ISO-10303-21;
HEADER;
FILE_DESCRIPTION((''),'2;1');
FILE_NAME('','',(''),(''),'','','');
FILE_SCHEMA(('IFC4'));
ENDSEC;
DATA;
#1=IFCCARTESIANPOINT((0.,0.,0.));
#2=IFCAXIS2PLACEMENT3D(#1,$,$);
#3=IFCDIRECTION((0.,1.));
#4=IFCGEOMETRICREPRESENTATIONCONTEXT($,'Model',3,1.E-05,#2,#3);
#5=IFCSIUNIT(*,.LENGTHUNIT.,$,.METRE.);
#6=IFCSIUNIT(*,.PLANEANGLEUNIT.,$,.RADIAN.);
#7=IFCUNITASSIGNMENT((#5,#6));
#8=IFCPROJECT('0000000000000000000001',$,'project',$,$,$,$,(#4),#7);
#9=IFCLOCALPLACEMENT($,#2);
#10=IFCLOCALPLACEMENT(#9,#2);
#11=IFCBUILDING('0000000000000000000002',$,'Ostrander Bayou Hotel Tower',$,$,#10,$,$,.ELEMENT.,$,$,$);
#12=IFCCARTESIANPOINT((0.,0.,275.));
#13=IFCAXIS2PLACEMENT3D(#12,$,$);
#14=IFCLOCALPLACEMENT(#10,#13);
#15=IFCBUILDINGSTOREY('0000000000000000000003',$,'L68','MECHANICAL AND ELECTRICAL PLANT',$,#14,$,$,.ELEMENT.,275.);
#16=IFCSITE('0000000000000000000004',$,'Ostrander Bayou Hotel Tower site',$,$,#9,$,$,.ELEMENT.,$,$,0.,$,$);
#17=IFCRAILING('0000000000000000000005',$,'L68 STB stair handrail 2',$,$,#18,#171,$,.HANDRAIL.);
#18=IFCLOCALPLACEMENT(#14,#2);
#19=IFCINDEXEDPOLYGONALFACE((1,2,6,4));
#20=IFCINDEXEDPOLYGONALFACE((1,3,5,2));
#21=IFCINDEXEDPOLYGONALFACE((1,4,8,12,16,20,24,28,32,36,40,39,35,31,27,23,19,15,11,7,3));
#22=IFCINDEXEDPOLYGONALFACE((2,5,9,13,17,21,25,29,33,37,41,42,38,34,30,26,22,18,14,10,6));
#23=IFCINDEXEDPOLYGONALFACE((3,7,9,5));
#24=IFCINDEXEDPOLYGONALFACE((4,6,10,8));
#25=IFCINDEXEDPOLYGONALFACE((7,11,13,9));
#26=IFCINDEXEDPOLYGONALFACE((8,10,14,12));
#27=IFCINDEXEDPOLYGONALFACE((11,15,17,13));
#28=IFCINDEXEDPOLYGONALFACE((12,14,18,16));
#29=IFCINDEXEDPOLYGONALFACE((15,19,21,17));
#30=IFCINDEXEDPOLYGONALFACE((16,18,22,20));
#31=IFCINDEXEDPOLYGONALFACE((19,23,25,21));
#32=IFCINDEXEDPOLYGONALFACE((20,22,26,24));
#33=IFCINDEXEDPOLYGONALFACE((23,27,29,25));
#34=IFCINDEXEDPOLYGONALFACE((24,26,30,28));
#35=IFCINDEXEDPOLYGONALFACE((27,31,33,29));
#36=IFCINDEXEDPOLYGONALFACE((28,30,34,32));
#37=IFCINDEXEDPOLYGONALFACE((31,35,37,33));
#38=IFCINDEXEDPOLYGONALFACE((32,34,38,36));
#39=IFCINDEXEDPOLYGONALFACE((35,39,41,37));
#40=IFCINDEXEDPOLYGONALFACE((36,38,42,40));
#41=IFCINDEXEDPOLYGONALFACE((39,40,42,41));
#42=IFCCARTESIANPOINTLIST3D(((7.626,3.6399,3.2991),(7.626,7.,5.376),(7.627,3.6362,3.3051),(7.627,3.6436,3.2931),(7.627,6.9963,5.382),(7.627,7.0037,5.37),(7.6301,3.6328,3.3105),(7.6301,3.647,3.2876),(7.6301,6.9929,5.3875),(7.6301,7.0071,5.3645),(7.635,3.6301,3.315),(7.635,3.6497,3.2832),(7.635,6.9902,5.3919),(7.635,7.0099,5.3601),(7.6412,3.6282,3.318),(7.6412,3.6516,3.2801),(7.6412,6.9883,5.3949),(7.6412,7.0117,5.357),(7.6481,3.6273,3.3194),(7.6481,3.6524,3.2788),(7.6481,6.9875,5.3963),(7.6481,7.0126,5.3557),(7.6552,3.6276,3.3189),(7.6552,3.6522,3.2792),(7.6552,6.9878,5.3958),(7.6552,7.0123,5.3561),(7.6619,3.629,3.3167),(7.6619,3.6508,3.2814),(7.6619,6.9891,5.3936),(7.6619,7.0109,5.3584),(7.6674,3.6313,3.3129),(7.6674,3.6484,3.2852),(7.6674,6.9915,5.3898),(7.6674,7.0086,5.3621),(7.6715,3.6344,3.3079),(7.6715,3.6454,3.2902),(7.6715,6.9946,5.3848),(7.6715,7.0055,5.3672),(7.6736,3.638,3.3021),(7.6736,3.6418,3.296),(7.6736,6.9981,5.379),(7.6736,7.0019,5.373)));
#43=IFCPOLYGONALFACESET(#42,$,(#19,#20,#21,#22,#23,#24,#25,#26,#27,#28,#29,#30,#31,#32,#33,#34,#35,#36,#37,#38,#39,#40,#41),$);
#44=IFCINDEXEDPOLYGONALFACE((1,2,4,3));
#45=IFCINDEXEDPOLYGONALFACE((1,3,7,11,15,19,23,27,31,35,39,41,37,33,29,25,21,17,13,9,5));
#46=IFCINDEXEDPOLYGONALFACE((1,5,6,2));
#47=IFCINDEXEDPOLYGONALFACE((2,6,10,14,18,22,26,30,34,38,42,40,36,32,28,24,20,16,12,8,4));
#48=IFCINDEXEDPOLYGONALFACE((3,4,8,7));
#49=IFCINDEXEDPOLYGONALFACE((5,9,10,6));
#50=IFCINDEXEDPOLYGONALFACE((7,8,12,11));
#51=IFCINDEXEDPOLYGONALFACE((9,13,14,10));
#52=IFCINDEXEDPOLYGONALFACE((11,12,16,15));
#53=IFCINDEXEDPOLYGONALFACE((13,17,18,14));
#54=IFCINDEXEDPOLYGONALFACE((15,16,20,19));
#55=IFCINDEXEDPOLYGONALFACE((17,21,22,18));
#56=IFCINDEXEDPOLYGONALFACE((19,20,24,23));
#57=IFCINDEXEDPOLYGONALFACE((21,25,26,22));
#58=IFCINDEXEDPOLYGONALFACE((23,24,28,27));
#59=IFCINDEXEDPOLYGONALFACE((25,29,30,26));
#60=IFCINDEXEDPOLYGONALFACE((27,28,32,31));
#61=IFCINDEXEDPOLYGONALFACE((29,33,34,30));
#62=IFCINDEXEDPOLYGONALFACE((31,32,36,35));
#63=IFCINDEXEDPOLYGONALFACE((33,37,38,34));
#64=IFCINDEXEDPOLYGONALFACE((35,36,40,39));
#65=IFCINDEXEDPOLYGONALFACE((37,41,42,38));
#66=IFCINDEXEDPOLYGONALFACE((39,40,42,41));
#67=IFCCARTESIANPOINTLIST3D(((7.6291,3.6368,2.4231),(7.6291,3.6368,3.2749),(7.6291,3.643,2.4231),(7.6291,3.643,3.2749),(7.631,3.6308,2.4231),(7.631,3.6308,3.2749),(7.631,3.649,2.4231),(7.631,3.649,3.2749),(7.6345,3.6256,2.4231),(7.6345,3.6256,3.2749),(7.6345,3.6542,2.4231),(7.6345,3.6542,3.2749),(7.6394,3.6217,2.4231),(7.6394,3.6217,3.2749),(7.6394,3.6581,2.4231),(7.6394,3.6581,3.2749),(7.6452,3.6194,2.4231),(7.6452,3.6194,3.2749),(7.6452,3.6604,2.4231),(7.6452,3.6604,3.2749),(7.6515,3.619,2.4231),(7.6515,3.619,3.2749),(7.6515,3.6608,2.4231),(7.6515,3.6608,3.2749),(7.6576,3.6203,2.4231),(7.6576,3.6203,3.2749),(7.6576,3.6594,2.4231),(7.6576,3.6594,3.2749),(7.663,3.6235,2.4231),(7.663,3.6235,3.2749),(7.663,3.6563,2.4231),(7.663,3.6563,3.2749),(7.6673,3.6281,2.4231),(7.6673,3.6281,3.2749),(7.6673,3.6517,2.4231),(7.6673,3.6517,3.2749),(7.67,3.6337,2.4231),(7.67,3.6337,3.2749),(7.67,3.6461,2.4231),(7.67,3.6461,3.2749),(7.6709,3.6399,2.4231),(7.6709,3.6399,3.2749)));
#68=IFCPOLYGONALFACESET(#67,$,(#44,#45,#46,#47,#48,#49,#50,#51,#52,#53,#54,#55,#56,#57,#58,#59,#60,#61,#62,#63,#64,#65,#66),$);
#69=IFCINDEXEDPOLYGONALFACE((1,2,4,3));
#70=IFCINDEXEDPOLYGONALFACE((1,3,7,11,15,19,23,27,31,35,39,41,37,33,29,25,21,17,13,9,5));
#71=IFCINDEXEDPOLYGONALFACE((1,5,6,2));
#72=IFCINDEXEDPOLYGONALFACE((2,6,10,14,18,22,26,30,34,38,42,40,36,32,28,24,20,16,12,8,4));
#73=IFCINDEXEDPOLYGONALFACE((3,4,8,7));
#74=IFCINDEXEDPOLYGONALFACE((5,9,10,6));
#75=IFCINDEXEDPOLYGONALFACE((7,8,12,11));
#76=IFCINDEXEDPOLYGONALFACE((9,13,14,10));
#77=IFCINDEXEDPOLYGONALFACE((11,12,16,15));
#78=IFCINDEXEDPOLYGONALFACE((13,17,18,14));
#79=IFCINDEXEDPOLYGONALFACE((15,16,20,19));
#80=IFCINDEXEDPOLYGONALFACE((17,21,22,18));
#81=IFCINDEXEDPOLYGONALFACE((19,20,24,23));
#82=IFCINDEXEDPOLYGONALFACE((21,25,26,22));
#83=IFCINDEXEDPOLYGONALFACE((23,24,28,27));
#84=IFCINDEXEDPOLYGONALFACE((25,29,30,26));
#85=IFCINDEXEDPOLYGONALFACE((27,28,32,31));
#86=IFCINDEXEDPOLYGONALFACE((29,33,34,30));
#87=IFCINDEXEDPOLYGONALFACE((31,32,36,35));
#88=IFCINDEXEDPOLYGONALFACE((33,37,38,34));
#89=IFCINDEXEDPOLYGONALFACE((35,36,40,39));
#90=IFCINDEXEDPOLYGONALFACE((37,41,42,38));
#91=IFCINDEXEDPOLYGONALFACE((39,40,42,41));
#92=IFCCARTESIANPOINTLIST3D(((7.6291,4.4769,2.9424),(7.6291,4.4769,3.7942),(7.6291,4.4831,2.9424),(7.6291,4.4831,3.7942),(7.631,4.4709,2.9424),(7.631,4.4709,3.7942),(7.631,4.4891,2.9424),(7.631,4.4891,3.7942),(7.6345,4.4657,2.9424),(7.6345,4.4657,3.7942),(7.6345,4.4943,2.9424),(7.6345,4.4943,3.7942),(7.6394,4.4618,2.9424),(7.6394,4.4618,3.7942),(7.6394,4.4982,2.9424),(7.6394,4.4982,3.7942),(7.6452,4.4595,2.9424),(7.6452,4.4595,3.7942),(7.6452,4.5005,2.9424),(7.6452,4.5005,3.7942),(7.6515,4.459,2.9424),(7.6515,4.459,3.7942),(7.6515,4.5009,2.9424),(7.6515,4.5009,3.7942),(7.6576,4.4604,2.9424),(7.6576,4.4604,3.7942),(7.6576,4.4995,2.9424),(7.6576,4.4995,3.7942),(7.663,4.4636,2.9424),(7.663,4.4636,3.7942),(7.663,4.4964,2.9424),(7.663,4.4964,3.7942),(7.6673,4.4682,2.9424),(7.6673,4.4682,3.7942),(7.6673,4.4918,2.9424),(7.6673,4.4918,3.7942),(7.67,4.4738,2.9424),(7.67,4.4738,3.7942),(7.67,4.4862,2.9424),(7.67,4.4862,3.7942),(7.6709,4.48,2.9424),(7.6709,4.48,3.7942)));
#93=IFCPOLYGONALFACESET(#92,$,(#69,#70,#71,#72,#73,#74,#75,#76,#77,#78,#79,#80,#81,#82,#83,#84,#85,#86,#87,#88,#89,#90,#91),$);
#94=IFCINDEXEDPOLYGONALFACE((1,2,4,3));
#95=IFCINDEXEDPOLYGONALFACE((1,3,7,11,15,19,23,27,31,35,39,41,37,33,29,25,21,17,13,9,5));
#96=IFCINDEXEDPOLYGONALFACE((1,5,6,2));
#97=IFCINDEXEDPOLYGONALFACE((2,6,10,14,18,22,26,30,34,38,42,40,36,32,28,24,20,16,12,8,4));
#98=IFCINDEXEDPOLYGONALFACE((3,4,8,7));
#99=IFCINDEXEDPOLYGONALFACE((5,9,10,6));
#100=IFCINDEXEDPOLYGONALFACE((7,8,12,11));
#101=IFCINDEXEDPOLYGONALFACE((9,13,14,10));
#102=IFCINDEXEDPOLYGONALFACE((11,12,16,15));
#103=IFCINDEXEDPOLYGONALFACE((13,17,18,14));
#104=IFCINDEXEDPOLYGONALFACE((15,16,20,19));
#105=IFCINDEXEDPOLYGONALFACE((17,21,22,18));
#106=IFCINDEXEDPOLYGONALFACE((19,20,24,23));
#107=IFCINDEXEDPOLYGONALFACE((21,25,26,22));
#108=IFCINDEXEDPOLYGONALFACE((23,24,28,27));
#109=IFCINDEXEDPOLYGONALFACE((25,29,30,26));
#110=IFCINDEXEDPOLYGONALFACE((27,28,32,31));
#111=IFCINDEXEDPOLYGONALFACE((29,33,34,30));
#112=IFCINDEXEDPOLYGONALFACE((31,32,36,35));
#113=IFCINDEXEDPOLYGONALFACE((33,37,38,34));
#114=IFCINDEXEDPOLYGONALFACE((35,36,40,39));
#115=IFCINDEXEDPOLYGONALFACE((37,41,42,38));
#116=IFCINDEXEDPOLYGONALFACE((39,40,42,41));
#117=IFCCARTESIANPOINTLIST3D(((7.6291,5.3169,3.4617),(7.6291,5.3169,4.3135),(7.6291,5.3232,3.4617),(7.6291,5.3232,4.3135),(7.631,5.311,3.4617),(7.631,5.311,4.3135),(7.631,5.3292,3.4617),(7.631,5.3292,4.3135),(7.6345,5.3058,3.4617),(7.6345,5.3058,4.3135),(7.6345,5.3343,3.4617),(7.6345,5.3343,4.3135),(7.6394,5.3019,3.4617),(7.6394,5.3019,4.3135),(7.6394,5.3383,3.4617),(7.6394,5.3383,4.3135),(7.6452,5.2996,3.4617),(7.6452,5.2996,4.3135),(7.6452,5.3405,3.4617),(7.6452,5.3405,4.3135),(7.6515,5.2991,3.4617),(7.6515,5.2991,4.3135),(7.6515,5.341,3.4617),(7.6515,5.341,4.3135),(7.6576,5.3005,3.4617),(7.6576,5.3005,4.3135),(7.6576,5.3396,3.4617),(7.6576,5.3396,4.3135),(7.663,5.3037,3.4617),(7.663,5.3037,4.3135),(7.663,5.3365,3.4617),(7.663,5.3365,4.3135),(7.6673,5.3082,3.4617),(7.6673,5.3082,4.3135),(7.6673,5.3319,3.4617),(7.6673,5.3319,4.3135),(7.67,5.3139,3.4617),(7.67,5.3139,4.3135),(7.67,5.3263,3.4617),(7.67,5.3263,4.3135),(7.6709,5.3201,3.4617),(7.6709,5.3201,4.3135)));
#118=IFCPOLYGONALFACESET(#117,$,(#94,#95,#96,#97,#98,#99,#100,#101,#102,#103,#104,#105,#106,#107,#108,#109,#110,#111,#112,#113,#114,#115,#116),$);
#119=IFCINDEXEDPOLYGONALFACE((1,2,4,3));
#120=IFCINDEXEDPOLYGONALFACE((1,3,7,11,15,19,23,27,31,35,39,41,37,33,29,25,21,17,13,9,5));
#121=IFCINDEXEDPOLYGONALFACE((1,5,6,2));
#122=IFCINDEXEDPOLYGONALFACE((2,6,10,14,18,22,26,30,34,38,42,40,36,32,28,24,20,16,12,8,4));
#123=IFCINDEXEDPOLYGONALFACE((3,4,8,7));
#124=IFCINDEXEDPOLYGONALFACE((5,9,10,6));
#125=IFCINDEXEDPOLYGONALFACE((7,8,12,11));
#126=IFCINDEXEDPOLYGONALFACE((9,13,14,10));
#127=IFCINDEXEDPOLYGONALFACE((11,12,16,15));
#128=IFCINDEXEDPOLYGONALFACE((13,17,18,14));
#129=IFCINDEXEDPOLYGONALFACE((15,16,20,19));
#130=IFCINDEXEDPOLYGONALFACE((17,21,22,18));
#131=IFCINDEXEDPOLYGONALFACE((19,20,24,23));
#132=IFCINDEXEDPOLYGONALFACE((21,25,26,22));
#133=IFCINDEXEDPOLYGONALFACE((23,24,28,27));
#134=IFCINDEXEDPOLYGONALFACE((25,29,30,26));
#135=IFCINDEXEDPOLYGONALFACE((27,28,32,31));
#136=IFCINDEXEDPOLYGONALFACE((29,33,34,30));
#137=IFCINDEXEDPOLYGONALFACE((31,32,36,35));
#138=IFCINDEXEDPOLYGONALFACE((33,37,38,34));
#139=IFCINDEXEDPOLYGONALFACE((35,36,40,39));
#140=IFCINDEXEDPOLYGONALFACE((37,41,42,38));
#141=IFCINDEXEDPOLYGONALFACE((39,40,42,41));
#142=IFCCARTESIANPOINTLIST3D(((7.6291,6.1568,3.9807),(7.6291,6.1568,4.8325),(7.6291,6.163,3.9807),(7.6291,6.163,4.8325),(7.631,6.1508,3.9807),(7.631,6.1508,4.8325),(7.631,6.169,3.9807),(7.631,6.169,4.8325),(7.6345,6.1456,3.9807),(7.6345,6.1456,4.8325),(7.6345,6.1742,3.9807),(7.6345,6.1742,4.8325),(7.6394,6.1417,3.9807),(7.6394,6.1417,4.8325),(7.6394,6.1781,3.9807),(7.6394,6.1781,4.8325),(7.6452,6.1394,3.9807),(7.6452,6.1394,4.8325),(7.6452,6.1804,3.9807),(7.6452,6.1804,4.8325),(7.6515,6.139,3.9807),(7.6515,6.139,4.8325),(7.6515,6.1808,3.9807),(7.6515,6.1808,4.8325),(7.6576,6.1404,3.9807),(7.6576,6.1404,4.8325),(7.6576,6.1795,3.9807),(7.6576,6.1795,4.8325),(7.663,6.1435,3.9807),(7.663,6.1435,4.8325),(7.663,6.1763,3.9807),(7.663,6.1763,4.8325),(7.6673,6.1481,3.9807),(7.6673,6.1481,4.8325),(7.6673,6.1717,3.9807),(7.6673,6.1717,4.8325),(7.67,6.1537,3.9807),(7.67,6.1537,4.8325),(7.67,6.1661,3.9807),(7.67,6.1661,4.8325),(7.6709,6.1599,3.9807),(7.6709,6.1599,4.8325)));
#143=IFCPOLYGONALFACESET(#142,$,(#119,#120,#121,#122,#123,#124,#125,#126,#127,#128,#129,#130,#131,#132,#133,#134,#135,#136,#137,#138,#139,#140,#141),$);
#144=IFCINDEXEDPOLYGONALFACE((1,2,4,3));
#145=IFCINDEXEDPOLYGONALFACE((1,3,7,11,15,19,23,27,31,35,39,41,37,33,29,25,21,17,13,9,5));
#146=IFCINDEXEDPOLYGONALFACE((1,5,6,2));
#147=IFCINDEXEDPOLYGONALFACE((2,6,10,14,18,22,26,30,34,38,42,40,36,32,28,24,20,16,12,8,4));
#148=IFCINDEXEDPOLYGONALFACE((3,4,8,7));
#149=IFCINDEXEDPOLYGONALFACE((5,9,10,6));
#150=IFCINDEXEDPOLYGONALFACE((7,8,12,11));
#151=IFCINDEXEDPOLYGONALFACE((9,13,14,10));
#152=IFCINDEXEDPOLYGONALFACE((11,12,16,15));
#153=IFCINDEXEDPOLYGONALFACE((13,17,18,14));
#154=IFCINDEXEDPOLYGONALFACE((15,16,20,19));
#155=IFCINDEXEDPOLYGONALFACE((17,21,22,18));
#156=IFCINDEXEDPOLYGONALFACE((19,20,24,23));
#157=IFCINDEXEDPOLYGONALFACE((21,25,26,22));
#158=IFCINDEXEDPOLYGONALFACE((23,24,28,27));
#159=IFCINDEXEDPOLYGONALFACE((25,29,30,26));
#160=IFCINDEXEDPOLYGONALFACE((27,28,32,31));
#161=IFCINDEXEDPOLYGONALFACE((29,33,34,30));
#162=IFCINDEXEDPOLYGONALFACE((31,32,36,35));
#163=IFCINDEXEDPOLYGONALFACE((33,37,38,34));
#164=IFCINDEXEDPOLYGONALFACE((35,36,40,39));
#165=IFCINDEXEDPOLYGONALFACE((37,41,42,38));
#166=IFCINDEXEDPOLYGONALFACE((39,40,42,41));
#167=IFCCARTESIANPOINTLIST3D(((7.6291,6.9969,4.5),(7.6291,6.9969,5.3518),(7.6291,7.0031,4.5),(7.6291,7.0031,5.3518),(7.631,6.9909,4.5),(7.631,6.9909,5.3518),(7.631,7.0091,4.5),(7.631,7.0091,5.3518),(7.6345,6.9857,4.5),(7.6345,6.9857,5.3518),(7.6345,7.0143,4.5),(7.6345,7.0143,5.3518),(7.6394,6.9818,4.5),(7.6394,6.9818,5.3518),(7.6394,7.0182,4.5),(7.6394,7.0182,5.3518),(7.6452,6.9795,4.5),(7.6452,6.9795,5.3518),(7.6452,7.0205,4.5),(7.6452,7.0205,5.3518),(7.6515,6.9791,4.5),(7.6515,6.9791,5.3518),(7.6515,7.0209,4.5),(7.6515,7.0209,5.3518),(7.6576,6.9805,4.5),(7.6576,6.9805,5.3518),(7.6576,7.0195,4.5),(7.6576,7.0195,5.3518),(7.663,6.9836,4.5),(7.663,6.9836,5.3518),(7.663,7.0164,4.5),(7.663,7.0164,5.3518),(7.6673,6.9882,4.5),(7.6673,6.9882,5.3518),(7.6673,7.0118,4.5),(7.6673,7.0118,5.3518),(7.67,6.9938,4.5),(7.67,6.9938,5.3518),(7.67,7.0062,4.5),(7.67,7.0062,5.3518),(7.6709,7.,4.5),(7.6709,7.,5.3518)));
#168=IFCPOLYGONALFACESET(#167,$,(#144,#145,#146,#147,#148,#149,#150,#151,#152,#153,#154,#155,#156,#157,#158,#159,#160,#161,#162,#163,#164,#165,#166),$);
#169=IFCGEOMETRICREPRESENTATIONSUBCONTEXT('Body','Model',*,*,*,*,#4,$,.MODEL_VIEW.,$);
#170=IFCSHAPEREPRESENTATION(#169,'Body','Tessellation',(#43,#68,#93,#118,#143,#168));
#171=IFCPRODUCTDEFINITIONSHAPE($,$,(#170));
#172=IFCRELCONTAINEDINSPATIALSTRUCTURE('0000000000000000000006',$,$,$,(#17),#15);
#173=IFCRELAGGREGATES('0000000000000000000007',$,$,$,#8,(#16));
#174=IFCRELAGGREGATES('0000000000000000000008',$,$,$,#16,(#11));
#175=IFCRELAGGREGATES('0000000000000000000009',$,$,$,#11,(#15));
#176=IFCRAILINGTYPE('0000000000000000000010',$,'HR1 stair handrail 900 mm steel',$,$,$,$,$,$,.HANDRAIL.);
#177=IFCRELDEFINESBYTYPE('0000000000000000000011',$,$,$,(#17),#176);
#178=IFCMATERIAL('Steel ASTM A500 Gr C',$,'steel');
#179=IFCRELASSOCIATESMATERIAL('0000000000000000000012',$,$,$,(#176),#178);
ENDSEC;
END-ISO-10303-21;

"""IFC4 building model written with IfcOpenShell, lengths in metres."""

from ifc_helpers import new_model, si_unit, direction, frame, origin, origin_2d, place, context, subcontext, project, spatial, circle, extrude, material, type_object, element, save


model = new_model("IFC4")

# Units and contexts
model_context = context("Model", 3, precision=1e-05, world=origin(), true_north=direction((0.0, 1.0)))
body_context = subcontext(model_context, "Body", "Model", "MODEL_VIEW")
ifc_project = project(units=[si_unit("LENGTHUNIT", "METRE"), si_unit("PLANEANGLEUNIT", "RADIAN")], contexts=[model_context])

# Site, building, storey
site_placement = place(None, origin())
site = spatial("IfcSite", under=ifc_project, at=site_placement, Name="Ostrander Bayou Hotel Tower site", CompositionType="ELEMENT", RefElevation=0.0)
building_placement = place(site_placement, origin())
building = spatial("IfcBuilding", under=site, at=building_placement, Name="Ostrander Bayou Hotel Tower", CompositionType="ELEMENT")
storey_placement = place(building_placement, frame((0.0, 0.0, 275.0)))
storey = spatial("IfcBuildingStorey", under=building, at=storey_placement, Name="L68", Description="MECHANICAL AND ELECTRICAL PLANT", CompositionType="ELEMENT", Elevation=275.0)

# Railing
ifc_material_1 = material(Name="Steel ASTM A500 Gr C", Category="steel")
railing_type_1 = type_object("IfcRailingType", Name="HR1 stair handrail 900 mm steel", PredefinedType="HANDRAIL", material=ifc_material_1)
railing_1_placement = place(storey_placement, frame((7.6499, 3.6399, 2.4231)))
element("IfcRailing", 1, at=railing_1_placement, inside=storey, type_object=railing_type_1, Name="L68 STB stair handrail 2", PredefinedType="HANDRAIL", context=body_context, shape_type="SweptSolid", body=[
    extrude(circle(Radius=0.0239, at=origin_2d()), frame((0.0, 0.0, 0.876), z_axis=(0.0, 0.850623, 0.525776), x_axis=(-1.0, 0.0, 0.0)), (0.0, 0.0, 1.0), 3.9502),
    extrude(circle(Radius=0.021, at=origin_2d()), origin(), (0.0, 0.0, 1.0), 0.8518),
    extrude(circle(Radius=0.021, at=origin_2d()), frame((0.0, 0.8401, 0.5193)), (0.0, 0.0, 1.0), 0.8518),
    extrude(circle(Radius=0.021, at=origin_2d()), frame((0.0, 1.6802, 1.0386)), (0.0, 0.0, 1.0), 0.8518),
    extrude(circle(Radius=0.021, at=origin_2d()), frame((0.0, 2.52, 1.5576)), (0.0, 0.0, 1.0), 0.8518),
    extrude(circle(Radius=0.021, at=origin_2d()), frame((0.0, 3.3601, 2.0769)), (0.0, 0.0, 1.0), 0.8518),
])

save(model, "model.ifc")
